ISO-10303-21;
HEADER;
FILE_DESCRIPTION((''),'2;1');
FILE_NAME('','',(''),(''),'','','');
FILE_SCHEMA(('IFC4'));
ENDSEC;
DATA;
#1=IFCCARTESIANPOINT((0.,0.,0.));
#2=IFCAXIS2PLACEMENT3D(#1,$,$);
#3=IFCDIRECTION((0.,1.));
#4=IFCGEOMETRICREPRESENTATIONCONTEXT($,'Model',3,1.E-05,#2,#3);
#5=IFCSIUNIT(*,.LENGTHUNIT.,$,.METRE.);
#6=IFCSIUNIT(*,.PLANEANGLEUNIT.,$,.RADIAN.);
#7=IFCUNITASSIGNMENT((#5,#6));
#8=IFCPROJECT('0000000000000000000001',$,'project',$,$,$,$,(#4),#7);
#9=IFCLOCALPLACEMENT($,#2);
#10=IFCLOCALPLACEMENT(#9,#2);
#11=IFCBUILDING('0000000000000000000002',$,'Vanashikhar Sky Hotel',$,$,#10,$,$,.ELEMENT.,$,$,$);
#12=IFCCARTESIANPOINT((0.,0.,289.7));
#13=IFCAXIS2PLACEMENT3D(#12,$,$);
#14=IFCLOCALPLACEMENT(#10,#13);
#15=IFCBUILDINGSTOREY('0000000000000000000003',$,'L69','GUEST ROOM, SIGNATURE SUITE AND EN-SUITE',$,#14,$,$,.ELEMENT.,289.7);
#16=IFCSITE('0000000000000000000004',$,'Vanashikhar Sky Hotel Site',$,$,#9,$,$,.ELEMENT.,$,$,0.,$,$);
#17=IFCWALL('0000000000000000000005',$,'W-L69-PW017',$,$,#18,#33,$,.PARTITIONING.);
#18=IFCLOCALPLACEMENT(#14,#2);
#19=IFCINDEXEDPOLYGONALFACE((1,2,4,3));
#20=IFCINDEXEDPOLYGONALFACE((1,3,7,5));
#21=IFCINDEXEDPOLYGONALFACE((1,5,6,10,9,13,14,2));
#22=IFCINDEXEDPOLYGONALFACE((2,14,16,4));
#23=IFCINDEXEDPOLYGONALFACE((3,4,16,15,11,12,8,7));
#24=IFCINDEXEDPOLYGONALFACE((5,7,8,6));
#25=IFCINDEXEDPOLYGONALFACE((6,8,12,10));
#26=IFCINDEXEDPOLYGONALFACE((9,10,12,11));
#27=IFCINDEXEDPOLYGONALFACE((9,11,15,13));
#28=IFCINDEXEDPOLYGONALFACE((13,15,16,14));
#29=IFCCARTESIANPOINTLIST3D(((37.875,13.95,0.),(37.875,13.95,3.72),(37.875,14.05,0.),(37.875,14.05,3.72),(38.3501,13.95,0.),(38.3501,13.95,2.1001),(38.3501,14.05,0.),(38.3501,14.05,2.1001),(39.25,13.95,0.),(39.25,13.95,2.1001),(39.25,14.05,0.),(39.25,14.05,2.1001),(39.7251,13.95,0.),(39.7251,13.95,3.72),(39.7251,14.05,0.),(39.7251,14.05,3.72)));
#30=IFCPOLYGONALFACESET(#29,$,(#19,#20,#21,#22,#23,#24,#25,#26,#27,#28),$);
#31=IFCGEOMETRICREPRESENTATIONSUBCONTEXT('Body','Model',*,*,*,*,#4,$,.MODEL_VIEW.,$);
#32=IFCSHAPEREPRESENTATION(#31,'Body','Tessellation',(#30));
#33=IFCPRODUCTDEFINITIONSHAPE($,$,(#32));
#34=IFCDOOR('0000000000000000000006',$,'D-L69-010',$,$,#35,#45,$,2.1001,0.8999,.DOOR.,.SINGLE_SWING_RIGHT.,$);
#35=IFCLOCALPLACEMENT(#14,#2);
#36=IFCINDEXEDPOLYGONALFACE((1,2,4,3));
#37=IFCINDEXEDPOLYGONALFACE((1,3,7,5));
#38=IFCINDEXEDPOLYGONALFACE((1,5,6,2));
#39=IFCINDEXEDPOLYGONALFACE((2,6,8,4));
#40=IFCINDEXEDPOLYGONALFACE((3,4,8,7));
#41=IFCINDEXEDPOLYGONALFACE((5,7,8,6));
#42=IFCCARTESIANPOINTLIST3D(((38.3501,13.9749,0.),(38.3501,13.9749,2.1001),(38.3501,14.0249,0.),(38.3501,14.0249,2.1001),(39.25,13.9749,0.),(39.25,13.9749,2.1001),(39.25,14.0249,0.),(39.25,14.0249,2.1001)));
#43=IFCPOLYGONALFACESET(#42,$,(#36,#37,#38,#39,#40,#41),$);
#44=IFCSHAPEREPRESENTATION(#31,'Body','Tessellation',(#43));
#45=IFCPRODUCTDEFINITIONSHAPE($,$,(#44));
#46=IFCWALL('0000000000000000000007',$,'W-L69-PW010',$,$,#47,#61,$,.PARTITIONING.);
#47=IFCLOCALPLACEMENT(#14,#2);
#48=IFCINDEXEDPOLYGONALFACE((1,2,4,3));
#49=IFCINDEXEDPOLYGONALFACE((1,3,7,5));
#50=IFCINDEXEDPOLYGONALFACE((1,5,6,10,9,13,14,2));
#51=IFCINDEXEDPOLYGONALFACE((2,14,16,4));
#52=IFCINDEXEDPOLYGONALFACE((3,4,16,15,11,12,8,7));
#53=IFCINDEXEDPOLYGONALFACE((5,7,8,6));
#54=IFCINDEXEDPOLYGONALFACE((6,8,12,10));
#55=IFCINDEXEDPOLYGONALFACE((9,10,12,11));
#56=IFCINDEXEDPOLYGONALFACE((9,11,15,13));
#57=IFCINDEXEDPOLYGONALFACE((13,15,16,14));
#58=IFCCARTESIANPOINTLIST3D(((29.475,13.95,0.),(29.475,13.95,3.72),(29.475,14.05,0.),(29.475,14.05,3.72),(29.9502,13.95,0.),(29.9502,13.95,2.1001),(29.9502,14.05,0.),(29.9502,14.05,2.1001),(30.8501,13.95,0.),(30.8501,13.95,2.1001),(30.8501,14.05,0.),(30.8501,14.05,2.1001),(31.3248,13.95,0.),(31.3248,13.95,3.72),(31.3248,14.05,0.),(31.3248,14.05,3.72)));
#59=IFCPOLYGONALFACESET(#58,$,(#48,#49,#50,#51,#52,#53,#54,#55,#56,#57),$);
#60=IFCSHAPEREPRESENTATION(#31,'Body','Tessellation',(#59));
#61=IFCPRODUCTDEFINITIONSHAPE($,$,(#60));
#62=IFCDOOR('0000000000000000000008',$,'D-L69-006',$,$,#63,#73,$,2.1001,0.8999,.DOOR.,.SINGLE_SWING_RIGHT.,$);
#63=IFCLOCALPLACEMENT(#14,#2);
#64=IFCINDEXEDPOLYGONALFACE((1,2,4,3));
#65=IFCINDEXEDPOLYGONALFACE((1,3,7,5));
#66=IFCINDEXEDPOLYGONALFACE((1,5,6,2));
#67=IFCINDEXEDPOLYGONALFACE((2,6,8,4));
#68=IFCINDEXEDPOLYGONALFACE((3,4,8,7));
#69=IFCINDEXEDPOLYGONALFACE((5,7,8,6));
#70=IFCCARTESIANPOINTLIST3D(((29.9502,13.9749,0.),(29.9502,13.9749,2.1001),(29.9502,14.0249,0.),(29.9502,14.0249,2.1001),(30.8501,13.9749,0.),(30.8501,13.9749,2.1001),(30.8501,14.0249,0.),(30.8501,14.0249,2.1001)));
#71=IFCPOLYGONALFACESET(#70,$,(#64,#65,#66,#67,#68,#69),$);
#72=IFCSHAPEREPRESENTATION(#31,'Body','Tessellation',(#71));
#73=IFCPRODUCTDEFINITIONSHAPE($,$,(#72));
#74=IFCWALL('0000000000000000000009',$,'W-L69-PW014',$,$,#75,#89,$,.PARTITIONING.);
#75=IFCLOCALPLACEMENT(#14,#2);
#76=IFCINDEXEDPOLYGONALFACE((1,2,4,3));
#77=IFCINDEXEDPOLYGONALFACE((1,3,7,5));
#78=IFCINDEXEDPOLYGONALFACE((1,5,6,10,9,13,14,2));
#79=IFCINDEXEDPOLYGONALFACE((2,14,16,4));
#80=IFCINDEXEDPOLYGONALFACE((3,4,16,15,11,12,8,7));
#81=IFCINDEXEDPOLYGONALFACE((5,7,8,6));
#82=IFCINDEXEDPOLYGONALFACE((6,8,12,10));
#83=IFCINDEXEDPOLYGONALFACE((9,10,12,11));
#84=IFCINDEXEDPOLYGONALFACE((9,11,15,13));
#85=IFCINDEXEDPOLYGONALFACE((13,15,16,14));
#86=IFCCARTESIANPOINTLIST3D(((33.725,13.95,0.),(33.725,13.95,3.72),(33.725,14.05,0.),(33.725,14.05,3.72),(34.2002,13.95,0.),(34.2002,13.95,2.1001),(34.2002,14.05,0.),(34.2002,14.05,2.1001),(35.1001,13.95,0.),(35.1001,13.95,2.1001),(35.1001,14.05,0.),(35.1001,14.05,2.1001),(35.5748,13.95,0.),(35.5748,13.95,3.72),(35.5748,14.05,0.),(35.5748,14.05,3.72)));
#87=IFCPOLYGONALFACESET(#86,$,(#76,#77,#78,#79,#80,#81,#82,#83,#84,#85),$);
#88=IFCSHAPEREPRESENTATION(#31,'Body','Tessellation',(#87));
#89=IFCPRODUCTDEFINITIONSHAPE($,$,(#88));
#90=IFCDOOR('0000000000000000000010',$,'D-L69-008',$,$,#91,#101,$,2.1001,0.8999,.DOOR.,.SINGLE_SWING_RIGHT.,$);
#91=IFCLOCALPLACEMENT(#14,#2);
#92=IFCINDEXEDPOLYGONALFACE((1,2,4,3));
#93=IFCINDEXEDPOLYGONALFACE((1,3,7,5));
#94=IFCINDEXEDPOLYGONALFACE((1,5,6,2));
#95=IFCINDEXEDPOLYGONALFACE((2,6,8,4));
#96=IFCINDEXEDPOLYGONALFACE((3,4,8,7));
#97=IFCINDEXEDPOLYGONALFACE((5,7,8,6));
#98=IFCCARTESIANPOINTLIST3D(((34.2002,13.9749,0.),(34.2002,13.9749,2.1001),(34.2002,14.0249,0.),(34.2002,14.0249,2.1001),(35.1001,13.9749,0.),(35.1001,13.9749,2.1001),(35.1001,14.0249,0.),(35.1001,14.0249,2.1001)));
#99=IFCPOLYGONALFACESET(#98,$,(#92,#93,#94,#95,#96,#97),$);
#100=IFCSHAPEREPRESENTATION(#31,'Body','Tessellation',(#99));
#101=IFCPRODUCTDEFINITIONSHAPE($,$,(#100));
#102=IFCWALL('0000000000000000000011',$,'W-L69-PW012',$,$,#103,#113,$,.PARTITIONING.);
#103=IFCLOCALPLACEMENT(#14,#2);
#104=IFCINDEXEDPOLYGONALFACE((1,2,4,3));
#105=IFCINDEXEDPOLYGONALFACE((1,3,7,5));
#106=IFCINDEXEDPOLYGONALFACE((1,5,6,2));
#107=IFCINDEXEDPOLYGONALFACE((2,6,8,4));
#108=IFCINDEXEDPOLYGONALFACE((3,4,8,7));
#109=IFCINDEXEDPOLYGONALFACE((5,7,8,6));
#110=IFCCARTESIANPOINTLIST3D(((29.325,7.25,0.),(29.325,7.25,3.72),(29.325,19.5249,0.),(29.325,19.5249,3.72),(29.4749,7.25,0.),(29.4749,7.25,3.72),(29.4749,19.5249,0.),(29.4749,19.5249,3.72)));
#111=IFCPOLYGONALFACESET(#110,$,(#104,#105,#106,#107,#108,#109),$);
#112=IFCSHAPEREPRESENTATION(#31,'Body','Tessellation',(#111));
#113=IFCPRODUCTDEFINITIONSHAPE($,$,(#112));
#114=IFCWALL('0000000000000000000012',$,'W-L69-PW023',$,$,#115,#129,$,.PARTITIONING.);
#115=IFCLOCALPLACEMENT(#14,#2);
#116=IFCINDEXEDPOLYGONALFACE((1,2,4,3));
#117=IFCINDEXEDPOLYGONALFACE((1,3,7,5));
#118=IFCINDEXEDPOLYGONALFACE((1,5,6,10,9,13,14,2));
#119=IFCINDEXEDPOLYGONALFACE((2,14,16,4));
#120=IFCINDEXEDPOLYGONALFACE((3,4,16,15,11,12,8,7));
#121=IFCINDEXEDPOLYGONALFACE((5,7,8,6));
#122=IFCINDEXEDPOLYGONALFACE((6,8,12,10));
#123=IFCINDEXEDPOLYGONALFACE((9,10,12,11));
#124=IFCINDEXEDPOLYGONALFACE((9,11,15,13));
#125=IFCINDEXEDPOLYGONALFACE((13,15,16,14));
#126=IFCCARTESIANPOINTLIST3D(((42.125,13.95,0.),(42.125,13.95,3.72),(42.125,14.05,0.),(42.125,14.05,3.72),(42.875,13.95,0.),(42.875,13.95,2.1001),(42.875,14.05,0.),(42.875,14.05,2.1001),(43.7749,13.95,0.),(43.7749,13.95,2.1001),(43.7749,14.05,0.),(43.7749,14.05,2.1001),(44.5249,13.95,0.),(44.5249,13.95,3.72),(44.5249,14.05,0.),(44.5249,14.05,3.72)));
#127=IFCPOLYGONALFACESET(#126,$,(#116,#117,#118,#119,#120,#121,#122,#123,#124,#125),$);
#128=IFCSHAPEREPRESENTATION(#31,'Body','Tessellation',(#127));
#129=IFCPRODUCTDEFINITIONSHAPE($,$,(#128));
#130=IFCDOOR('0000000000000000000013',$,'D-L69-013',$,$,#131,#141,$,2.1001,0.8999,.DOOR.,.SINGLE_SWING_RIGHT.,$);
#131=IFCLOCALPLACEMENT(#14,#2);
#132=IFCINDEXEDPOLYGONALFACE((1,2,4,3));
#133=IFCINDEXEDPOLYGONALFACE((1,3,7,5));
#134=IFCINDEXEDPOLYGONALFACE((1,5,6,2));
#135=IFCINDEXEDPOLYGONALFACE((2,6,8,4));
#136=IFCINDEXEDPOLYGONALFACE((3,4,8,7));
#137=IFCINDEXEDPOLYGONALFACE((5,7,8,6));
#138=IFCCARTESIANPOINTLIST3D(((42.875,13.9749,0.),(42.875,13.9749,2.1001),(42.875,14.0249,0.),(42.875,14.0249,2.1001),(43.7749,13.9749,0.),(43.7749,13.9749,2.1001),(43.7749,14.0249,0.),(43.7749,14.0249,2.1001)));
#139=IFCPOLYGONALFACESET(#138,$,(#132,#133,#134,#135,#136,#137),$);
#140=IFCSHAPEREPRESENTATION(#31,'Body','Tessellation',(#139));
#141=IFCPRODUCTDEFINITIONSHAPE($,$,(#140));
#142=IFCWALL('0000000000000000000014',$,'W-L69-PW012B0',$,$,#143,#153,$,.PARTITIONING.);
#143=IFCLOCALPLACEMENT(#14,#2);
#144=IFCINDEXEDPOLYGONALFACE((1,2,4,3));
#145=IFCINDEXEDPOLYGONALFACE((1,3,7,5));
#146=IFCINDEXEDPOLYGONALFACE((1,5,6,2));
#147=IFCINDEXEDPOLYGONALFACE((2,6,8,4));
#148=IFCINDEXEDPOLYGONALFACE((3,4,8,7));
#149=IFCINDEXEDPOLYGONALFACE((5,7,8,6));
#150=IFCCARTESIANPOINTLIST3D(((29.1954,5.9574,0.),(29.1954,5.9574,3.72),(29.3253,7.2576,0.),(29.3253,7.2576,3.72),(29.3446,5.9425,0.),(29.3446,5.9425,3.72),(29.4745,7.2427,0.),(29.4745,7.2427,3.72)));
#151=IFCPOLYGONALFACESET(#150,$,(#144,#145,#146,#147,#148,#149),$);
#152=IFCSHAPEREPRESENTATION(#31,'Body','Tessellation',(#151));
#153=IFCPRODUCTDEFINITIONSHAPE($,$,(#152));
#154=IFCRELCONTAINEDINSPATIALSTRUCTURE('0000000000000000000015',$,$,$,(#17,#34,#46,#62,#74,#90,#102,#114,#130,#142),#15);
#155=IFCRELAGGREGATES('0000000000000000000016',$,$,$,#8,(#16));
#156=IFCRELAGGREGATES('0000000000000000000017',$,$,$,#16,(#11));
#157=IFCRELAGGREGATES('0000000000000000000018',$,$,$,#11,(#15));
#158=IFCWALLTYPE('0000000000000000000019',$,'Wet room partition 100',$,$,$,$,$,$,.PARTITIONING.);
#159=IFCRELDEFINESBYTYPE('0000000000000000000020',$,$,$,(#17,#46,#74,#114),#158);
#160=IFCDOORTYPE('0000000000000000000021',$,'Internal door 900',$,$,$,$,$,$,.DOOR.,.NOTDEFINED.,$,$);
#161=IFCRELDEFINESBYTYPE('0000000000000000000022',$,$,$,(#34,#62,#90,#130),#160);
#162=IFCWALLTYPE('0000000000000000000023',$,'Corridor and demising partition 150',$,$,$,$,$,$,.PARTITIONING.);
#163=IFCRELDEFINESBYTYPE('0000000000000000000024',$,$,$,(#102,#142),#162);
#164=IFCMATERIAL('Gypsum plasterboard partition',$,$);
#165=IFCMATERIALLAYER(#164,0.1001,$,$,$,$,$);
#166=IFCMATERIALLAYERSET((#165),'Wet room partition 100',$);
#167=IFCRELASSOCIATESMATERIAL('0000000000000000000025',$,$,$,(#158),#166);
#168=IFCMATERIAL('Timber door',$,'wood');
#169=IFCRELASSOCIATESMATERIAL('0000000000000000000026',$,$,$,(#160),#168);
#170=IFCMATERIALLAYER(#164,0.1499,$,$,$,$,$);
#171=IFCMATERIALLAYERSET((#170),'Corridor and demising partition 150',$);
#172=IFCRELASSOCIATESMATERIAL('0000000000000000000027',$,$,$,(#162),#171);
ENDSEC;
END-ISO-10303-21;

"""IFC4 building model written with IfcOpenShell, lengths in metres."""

from ifc_helpers import new_model, si_unit, direction, frame, frame_2d, origin, place, context, subcontext, project, spatial, rectangle, extrude, source, transform, mapped, material, layer, layer_set, type_object, element, fill, save


model = new_model("IFC4")

# Units and contexts
model_context = context("Model", 3, precision=1e-05, world=origin(), true_north=direction((0.0, 1.0)))
body_context = subcontext(model_context, "Body", "Model", "MODEL_VIEW")
ifc_project = project(units=[si_unit("LENGTHUNIT", "METRE"), si_unit("PLANEANGLEUNIT", "RADIAN")], contexts=[model_context])

# Site, building, storey
site_placement = place(None, origin())
site = spatial("IfcSite", under=ifc_project, at=site_placement, Name="Vanashikhar Sky Hotel Site", CompositionType="ELEMENT", RefElevation=0.0)
building_placement = place(site_placement, origin())
building = spatial("IfcBuilding", under=site, at=building_placement, Name="Vanashikhar Sky Hotel", CompositionType="ELEMENT")
storey_placement = place(building_placement, frame((0.0, 0.0, 289.7)))
storey = spatial("IfcBuildingStorey", under=building, at=storey_placement, Name="L69", Description="GUEST ROOM, SIGNATURE SUITE AND EN-SUITE", CompositionType="ELEMENT", Elevation=289.7)

# Shared definitions
ifc_material_1 = material(Name="Gypsum plasterboard partition")
ifc_layer_1 = layer(ifc_material_1, 0.1001)
ifc_layer_set_1 = layer_set([ifc_layer_1], Name="Wet room partition 100")
wall_type_1 = type_object("IfcWallType", Name="Wet room partition 100", PredefinedType="PARTITIONING", material=ifc_layer_set_1)

# Walls, openings, doors
shared_shape_1 = source(origin(), body_context, "Body", "SweptSolid", [
    extrude(rectangle(XDim=1.8501, YDim=0.1001, at=frame_2d((0.925, 0.0))), origin(), (0.0, 0.0, 1.0), 3.72),
])
shared_shape_2 = source(origin(), body_context, "Body", "SweptSolid", [
    extrude(rectangle(XDim=0.8999, YDim=2.1001, at=frame_2d((0.45, 1.05))), frame((0.0, 0.0601, 0.0), z_axis=(0.0, -1.0, 0.0), x_axis=(1.0, 0.0, 0.0)), (0.0, 0.0, 1.0), 0.1201),
])
ifc_material_2 = material(Name="Timber door", Category="wood")
door_type_1 = type_object("IfcDoorType", Name="Internal door 900", OperationType="NOTDEFINED", PredefinedType="DOOR", material=ifc_material_2)
shared_shape_3 = source(origin(), body_context, "Body", "SweptSolid", [
    extrude(rectangle(XDim=0.8999, YDim=2.1001, at=frame_2d((0.45, 1.05))), frame((0.0, 0.0249, 0.0), z_axis=(0.0, -1.0, 0.0), x_axis=(1.0, 0.0, 0.0)), (0.0, 0.0, 1.0), 0.05),
])
wall_1_placement = place(storey_placement, frame((37.875, 14.0, 0.0), z_axis=(0.0, 0.0, 1.0), x_axis=(1.0, 0.0, 0.0)))
wall_1 = element("IfcWall", 1, at=wall_1_placement, inside=storey, type_object=wall_type_1, Name="W-L69-PW017", PredefinedType="PARTITIONING", context=body_context, shape_type="MappedRepresentation", body=[
    mapped(shared_shape_1, transform((0.0, 0.0, 0.0), scale=1.0)),
])
opening_1_placement = place(wall_1_placement, frame((0.4751, 0.0, 0.0)))
opening_1 = element("IfcOpeningElement", 2, at=opening_1_placement, cuts=wall_1, PredefinedType="OPENING", context=body_context, shape_type="MappedRepresentation", body=[
    mapped(shared_shape_2, transform((0.0, 0.0, 0.0), scale=1.0)),
])
door_1_placement = place(opening_1_placement, origin())
door_1 = element("IfcDoor", 3, at=door_1_placement, inside=storey, type_object=door_type_1, Name="D-L69-010", OperationType="SINGLE_SWING_RIGHT", OverallHeight=2.1001, OverallWidth=0.8999, PredefinedType="DOOR", context=body_context, shape_type="MappedRepresentation", body=[
    mapped(shared_shape_3, transform((0.0, 0.0, 0.0), scale=1.0)),
])
fill(opening_1, door_1)
shared_shape_4 = source(origin(), body_context, "Body", "SweptSolid", [
    extrude(rectangle(XDim=1.8499, YDim=0.1001, at=frame_2d((0.9248, 0.0))), origin(), (0.0, 0.0, 1.0), 3.72),
])
wall_2_placement = place(storey_placement, frame((29.4751, 14.0, 0.0), z_axis=(0.0, 0.0, 1.0), x_axis=(1.0, 0.0, 0.0)))
wall_2 = element("IfcWall", 4, at=wall_2_placement, inside=storey, type_object=wall_type_1, Name="W-L69-PW010", PredefinedType="PARTITIONING", context=body_context, shape_type="MappedRepresentation", body=[
    mapped(shared_shape_4, transform((0.0, 0.0, 0.0), scale=1.0)),
])
opening_2_placement = place(wall_2_placement, frame((0.4751, 0.0, 0.0)))
opening_2 = element("IfcOpeningElement", 5, at=opening_2_placement, cuts=wall_2, PredefinedType="OPENING", context=body_context, shape_type="MappedRepresentation", body=[
    mapped(shared_shape_2, transform((0.0, 0.0, 0.0), scale=1.0)),
])
door_2_placement = place(opening_2_placement, origin())
door_2 = element("IfcDoor", 6, at=door_2_placement, inside=storey, type_object=door_type_1, Name="D-L69-006", OperationType="SINGLE_SWING_RIGHT", OverallHeight=2.1001, OverallWidth=0.8999, PredefinedType="DOOR", context=body_context, shape_type="MappedRepresentation", body=[
    mapped(shared_shape_3, transform((0.0, 0.0, 0.0), scale=1.0)),
])
fill(opening_2, door_2)
wall_3_placement = place(storey_placement, frame((33.7251, 14.0, 0.0), z_axis=(0.0, 0.0, 1.0), x_axis=(1.0, 0.0, 0.0)))
wall_3 = element("IfcWall", 7, at=wall_3_placement, inside=storey, type_object=wall_type_1, Name="W-L69-PW014", PredefinedType="PARTITIONING", context=body_context, shape_type="MappedRepresentation", body=[
    mapped(shared_shape_4, transform((0.0, 0.0, 0.0), scale=1.0)),
])
opening_3_placement = place(wall_3_placement, frame((0.4751, 0.0, 0.0)))
opening_3 = element("IfcOpeningElement", 8, at=opening_3_placement, cuts=wall_3, PredefinedType="OPENING", context=body_context, shape_type="MappedRepresentation", body=[
    mapped(shared_shape_2, transform((0.0, 0.0, 0.0), scale=1.0)),
])
door_3_placement = place(opening_3_placement, origin())
door_3 = element("IfcDoor", 9, at=door_3_placement, inside=storey, type_object=door_type_1, Name="D-L69-008", OperationType="SINGLE_SWING_RIGHT", OverallHeight=2.1001, OverallWidth=0.8999, PredefinedType="DOOR", context=body_context, shape_type="MappedRepresentation", body=[
    mapped(shared_shape_3, transform((0.0, 0.0, 0.0), scale=1.0)),
])
fill(opening_3, door_3)

# Wall
ifc_layer_2 = layer(ifc_material_1, 0.1499)
ifc_layer_set_2 = layer_set([ifc_layer_2], Name="Corridor and demising partition 150")
wall_type_2 = type_object("IfcWallType", Name="Corridor and demising partition 150", PredefinedType="PARTITIONING", material=ifc_layer_set_2)
shared_shape_5 = source(origin(), body_context, "Body", "SweptSolid", [
    extrude(rectangle(XDim=12.2749, YDim=0.1499, at=frame_2d((6.1375, 0.0))), origin(), (0.0, 0.0, 1.0), 3.72),
])
wall_4_placement = place(storey_placement, frame((29.3999, 7.25, 0.0), z_axis=(0.0, 0.0, 1.0), x_axis=(0.0, 1.0, 0.0)))
element("IfcWall", 10, at=wall_4_placement, inside=storey, type_object=wall_type_2, Name="W-L69-PW012", PredefinedType="PARTITIONING", context=body_context, shape_type="MappedRepresentation", body=[
    mapped(shared_shape_5, transform((0.0, 0.0, 0.0), scale=1.0)),
])

# Wall, opening, door
shared_shape_6 = source(origin(), body_context, "Body", "SweptSolid", [
    extrude(rectangle(XDim=2.3999, YDim=0.1001, at=frame_2d((1.2, 0.0))), origin(), (0.0, 0.0, 1.0), 3.72),
])
wall_5_placement = place(storey_placement, frame((42.125, 14.0, 0.0), z_axis=(0.0, 0.0, 1.0), x_axis=(1.0, 0.0, 0.0)))
wall_5 = element("IfcWall", 11, at=wall_5_placement, inside=storey, type_object=wall_type_1, Name="W-L69-PW023", PredefinedType="PARTITIONING", context=body_context, shape_type="MappedRepresentation", body=[
    mapped(shared_shape_6, transform((0.0, 0.0, 0.0), scale=1.0)),
])
opening_4_placement = place(wall_5_placement, frame((0.75, 0.0, 0.0)))
opening_4 = element("IfcOpeningElement", 12, at=opening_4_placement, cuts=wall_5, PredefinedType="OPENING", context=body_context, shape_type="MappedRepresentation", body=[
    mapped(shared_shape_2, transform((0.0, 0.0, 0.0), scale=1.0)),
])
door_4_placement = place(opening_4_placement, origin())
door_4 = element("IfcDoor", 13, at=door_4_placement, inside=storey, type_object=door_type_1, Name="D-L69-013", OperationType="SINGLE_SWING_RIGHT", OverallHeight=2.1001, OverallWidth=0.8999, PredefinedType="DOOR", context=body_context, shape_type="MappedRepresentation", body=[
    mapped(shared_shape_3, transform((0.0, 0.0, 0.0), scale=1.0)),
])
fill(opening_4, door_4)

# Wall
shared_shape_7 = source(origin(), body_context, "Body", "SweptSolid", [
    extrude(rectangle(XDim=1.3066, YDim=0.1499, at=frame_2d((0.6533, 0.0))), origin(), (0.0, 0.0, 1.0), 3.72),
])
wall_6_placement = place(storey_placement, frame((29.27, 5.95, 0.0), z_axis=(0.0, 0.0, 1.0), x_axis=(0.099411, 0.995046, 0.0)))
element("IfcWall", 14, at=wall_6_placement, inside=storey, type_object=wall_type_2, Name="W-L69-PW012B0", PredefinedType="PARTITIONING", context=body_context, shape_type="MappedRepresentation", body=[
    mapped(shared_shape_7, transform((0.0, 0.0, 0.0), scale=1.0)),
])

save(model, "model.ifc")
